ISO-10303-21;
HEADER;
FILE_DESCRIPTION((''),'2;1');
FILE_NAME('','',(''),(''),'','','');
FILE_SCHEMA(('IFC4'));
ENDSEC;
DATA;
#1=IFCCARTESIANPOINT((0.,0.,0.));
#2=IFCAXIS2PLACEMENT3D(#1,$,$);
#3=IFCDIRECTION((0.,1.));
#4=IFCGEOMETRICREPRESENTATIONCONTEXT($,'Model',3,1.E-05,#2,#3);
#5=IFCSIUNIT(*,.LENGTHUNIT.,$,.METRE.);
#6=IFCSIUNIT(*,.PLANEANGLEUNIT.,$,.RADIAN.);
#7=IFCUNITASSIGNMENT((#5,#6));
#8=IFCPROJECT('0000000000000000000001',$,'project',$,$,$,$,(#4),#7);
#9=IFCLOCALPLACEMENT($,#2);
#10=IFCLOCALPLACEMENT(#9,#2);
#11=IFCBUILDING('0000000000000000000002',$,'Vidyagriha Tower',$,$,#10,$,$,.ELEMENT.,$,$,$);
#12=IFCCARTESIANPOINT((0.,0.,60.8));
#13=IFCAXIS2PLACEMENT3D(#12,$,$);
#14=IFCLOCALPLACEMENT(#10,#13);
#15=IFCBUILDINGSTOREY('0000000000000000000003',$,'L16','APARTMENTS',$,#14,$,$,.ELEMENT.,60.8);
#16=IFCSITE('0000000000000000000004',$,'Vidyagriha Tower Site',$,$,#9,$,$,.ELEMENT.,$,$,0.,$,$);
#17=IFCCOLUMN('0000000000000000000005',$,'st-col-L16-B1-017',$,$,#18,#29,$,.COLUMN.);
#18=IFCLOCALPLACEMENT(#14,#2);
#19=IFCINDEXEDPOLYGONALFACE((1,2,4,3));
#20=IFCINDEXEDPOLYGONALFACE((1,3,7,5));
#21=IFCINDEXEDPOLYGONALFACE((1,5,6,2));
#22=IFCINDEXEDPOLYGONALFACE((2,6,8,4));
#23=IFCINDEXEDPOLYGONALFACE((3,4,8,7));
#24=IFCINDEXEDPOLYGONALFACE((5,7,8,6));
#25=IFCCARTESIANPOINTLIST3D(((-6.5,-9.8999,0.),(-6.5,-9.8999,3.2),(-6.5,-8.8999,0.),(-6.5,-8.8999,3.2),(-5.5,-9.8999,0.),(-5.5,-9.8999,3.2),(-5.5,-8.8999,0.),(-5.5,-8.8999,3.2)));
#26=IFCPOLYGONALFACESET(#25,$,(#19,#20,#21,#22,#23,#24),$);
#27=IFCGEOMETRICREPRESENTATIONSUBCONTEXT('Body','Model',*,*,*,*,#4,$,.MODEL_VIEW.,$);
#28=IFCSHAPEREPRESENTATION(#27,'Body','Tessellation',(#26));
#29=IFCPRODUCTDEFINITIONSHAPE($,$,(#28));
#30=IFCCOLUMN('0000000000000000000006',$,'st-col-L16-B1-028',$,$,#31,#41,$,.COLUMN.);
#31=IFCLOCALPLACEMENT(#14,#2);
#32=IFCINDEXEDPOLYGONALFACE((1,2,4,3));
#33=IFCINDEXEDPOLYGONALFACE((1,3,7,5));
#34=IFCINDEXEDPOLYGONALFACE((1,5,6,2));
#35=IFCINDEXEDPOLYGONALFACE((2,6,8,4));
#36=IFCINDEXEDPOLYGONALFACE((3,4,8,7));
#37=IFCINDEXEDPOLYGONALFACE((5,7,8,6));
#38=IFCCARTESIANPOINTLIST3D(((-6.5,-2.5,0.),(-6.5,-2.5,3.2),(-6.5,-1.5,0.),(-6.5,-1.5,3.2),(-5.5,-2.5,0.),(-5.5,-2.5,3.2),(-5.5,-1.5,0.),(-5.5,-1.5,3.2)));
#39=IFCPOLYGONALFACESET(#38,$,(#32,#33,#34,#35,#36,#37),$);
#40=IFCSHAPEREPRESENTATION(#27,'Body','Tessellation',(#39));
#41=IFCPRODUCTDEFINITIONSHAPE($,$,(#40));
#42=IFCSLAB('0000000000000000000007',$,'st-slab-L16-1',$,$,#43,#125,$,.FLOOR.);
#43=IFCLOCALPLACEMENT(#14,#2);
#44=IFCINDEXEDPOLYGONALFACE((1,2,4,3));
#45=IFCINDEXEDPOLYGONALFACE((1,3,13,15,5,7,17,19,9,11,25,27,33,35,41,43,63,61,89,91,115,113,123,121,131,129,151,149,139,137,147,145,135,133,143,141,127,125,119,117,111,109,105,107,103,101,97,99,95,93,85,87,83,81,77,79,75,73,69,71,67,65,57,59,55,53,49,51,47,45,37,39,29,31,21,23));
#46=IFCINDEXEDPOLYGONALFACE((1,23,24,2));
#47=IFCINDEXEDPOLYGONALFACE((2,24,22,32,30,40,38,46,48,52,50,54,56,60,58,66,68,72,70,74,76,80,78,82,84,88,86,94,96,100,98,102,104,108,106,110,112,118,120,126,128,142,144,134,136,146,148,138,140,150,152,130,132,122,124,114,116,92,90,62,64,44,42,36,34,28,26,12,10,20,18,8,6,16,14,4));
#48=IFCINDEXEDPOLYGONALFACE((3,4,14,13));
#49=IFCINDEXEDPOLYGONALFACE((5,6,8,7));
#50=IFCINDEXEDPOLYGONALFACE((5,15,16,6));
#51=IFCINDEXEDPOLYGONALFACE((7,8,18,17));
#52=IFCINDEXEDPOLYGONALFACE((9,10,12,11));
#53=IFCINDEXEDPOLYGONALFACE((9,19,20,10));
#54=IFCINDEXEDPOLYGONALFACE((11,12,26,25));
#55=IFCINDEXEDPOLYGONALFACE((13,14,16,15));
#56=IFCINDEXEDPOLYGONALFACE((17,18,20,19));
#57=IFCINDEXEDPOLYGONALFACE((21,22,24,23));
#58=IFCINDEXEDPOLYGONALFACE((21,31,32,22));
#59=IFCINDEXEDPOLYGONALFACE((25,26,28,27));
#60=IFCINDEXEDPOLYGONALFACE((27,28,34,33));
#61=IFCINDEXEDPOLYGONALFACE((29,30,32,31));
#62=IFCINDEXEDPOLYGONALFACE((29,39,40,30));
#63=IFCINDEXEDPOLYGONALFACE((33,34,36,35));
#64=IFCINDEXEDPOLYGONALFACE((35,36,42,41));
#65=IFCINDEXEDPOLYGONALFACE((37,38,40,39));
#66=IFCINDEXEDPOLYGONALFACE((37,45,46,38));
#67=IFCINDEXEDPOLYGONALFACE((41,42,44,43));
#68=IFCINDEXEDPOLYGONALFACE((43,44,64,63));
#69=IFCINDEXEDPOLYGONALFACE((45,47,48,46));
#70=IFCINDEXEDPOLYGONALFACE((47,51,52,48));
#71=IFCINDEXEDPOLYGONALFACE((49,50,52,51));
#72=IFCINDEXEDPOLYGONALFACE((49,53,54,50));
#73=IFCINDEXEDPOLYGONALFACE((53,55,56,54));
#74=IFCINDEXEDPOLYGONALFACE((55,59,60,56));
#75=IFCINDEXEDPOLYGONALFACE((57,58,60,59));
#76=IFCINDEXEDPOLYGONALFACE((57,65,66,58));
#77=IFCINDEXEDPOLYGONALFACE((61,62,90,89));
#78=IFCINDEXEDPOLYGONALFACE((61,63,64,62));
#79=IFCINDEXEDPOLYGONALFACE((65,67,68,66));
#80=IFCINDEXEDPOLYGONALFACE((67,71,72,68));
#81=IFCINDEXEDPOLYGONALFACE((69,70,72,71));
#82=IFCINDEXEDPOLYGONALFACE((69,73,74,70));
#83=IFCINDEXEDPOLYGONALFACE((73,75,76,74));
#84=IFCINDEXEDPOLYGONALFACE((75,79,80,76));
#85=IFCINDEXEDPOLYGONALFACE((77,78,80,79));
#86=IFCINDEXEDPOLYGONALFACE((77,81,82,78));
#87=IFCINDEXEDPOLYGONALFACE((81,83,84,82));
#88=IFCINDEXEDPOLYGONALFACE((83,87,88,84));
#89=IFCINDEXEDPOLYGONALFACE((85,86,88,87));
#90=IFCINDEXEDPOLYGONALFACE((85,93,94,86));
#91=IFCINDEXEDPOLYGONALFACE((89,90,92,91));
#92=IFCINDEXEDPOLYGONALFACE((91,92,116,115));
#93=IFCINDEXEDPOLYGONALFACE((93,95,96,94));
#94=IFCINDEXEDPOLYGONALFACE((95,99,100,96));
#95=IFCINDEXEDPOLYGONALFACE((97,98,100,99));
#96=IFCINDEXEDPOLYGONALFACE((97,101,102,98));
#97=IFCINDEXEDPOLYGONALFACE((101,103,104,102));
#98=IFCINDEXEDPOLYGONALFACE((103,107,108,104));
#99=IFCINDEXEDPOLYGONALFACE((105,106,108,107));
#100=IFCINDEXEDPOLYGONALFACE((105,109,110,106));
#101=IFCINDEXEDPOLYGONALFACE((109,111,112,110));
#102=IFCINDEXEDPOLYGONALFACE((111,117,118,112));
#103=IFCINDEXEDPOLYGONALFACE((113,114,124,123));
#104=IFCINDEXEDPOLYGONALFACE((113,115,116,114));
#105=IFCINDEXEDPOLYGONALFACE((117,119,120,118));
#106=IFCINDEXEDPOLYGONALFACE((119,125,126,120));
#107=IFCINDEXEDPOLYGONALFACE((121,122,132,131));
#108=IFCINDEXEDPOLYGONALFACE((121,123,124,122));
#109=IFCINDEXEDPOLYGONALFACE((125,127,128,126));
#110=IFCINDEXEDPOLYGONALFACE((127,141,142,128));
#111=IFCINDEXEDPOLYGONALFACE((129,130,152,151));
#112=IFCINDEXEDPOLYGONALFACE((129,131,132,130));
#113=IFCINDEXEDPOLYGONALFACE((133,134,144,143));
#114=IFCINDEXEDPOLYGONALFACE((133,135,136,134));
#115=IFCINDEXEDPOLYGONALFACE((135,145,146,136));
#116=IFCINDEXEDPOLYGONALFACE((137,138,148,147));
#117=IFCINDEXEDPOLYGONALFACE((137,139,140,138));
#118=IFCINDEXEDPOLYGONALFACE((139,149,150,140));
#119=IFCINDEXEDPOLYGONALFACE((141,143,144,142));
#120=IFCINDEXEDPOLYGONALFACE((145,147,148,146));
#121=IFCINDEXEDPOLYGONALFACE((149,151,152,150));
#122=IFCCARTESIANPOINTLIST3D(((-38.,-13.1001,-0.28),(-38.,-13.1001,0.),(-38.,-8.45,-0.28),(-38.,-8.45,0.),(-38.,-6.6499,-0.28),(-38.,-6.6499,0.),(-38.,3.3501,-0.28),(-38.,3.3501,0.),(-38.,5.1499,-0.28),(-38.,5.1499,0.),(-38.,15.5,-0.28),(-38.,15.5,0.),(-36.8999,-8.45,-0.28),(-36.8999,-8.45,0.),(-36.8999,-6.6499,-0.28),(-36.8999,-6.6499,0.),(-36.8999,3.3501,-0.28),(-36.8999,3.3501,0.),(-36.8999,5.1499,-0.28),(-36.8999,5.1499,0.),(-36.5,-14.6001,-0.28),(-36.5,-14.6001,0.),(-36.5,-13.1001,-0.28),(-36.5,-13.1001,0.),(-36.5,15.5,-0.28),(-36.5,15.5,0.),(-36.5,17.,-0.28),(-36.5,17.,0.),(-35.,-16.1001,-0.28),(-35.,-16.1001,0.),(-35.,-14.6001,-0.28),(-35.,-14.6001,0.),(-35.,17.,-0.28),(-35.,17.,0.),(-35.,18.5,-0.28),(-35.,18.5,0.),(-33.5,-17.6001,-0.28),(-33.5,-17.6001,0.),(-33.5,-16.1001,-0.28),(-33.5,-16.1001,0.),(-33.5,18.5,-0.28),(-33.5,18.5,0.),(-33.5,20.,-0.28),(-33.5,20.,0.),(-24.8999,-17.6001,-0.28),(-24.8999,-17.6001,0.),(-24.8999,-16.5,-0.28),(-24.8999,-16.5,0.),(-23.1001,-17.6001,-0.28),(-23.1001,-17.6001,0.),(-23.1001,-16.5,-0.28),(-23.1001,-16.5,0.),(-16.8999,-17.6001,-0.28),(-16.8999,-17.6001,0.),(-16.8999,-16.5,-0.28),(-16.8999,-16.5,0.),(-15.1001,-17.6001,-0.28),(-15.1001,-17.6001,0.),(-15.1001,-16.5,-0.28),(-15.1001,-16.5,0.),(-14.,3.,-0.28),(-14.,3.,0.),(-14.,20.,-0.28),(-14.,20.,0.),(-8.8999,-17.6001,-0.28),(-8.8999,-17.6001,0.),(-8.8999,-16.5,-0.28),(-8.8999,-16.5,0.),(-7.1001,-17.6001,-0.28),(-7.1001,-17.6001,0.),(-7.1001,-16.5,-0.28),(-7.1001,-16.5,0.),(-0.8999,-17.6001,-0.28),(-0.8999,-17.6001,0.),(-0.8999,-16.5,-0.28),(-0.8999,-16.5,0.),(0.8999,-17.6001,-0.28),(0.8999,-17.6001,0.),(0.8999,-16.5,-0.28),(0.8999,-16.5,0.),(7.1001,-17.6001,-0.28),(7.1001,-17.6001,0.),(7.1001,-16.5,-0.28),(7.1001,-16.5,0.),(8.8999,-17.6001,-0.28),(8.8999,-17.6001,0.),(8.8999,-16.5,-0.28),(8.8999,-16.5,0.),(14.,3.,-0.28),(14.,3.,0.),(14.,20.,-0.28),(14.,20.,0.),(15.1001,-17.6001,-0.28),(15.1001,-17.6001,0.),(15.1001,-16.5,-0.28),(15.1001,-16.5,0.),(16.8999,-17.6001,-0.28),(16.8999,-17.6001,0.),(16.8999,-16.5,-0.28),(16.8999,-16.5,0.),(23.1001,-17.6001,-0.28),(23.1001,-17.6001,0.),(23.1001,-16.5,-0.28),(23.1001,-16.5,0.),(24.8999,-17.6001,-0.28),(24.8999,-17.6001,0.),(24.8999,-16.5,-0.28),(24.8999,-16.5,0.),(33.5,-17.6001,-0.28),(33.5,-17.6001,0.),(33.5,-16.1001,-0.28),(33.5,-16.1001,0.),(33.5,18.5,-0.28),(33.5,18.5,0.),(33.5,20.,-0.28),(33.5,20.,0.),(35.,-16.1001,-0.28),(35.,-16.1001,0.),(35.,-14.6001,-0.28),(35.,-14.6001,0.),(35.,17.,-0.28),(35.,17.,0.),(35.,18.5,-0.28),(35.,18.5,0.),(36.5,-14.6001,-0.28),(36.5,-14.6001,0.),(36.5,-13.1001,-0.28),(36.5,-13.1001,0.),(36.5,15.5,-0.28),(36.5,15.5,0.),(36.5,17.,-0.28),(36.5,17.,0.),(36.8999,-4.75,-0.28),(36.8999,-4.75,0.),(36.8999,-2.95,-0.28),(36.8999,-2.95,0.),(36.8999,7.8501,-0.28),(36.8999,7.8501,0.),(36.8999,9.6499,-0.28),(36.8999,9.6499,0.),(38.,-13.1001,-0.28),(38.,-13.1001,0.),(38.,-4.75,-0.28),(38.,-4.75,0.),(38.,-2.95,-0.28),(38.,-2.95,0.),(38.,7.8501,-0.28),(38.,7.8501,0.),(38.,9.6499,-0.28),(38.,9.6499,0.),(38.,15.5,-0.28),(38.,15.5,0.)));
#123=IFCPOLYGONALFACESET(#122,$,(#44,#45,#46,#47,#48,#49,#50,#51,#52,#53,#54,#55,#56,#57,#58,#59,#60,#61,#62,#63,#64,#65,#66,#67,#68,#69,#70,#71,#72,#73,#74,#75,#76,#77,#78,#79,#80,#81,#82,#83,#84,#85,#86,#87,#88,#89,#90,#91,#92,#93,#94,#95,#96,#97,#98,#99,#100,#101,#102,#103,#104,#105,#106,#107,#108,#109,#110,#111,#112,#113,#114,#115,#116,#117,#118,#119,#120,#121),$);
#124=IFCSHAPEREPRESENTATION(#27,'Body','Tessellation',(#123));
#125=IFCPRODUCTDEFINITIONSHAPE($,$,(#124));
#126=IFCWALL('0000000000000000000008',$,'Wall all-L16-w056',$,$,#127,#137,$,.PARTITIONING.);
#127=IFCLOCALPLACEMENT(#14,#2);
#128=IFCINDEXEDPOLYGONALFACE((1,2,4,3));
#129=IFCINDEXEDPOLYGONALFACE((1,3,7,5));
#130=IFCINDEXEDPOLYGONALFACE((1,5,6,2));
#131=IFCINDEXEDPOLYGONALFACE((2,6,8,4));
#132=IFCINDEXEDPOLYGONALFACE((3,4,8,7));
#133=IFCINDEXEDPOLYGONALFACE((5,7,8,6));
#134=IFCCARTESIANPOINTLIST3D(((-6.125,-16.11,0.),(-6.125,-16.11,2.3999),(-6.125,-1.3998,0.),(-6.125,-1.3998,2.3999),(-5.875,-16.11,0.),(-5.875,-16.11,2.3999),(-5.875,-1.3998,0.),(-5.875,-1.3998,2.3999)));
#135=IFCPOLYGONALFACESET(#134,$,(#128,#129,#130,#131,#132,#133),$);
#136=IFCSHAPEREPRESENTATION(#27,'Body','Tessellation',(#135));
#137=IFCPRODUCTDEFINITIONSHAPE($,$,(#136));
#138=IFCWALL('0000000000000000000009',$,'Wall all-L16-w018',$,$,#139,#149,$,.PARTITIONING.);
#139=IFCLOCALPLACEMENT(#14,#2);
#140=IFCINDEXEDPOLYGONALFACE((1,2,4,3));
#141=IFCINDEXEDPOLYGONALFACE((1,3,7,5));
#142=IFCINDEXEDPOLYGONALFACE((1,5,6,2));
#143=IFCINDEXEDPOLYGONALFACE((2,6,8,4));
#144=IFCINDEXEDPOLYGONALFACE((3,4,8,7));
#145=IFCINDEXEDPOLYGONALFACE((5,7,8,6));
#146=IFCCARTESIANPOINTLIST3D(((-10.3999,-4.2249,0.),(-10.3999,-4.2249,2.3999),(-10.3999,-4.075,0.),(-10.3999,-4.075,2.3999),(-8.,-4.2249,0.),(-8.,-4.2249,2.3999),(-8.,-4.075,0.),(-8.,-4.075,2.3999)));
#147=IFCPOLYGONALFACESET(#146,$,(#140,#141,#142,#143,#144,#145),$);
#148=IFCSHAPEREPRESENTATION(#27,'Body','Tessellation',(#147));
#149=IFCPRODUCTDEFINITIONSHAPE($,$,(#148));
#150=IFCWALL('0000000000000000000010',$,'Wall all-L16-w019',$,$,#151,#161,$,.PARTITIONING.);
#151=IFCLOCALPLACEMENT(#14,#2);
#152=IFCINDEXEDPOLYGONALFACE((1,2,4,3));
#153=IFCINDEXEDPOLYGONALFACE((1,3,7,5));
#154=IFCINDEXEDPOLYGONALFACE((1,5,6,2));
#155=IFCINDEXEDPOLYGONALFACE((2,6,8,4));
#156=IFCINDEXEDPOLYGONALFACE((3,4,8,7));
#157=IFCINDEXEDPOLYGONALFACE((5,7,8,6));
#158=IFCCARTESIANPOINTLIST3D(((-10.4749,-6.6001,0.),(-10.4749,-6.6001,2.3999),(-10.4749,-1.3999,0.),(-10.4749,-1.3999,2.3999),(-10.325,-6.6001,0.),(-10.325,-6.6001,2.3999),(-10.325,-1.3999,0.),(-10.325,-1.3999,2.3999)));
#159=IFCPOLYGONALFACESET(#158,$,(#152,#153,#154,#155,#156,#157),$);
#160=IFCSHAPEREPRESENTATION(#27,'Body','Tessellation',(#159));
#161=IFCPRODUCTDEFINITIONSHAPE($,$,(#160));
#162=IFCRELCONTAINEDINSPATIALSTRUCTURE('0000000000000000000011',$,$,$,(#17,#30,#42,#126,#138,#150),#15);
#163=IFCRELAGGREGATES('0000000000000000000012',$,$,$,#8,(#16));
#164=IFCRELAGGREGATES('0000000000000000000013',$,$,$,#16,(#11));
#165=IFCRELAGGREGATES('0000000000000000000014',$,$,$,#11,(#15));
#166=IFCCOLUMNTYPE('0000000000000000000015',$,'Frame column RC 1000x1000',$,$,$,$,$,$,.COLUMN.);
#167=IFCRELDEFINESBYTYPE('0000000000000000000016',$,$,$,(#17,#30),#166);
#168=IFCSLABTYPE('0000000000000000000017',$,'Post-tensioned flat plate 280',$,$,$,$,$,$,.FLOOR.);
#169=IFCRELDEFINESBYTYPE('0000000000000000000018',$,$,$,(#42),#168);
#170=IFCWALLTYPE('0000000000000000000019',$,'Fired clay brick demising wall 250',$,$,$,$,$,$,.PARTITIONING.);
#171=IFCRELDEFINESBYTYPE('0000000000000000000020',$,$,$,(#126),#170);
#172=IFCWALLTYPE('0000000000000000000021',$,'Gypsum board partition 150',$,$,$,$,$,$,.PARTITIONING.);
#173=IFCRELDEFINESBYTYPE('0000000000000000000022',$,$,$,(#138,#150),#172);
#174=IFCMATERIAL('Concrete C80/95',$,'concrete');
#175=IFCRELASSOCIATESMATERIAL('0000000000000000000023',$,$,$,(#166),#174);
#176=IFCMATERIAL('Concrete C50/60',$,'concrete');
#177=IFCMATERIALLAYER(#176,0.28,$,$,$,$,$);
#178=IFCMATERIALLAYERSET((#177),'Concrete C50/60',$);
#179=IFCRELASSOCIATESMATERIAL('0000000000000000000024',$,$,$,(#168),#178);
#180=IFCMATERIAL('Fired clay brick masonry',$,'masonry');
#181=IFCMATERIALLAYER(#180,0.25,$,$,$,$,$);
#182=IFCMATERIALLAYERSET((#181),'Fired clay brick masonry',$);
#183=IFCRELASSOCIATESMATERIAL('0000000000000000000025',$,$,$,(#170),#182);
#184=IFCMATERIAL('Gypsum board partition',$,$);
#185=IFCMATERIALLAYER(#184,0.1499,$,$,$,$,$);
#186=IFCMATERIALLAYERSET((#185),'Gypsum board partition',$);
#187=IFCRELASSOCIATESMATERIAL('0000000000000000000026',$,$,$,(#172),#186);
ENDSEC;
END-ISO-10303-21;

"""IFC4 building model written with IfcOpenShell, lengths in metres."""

from ifc_helpers import new_model, si_unit, direction, frame, frame_2d, origin, origin_2d, place, context, subcontext, project, spatial, polyline, rectangle, outline, extrude, material, layer, layer_set, material_profile, profile_set, type_object, element, save


model = new_model("IFC4")

# Units and contexts
model_context = context("Model", 3, precision=1e-05, world=origin(), true_north=direction((0.0, 1.0)))
body_context = subcontext(model_context, "Body", "Model", "MODEL_VIEW")
ifc_project = project(units=[si_unit("LENGTHUNIT", "METRE"), si_unit("PLANEANGLEUNIT", "RADIAN")], contexts=[model_context])

# Site, building, storey
site_placement = place(None, origin())
site = spatial("IfcSite", under=ifc_project, at=site_placement, Name="Vidyagriha Tower Site", CompositionType="ELEMENT", RefElevation=0.0)
building_placement = place(site_placement, origin())
building = spatial("IfcBuilding", under=site, at=building_placement, Name="Vidyagriha Tower", CompositionType="ELEMENT")
storey_placement = place(building_placement, frame((0.0, 0.0, 60.8)))
storey = spatial("IfcBuildingStorey", under=building, at=storey_placement, Name="L16", Description="APARTMENTS", CompositionType="ELEMENT", Elevation=60.8)

# Columns
ifc_material_1 = material(Name="Concrete C80/95", Category="concrete")
ifc_material_profile = material_profile(ifc_material_1, rectangle(XDim=1.0, YDim=1.0, at=origin_2d()), Name="RC 1000x1000")
ifc_profile_set = profile_set([ifc_material_profile], Name="Concrete C80/95")
column_type = type_object("IfcColumnType", Name="Frame column RC 1000x1000", PredefinedType="COLUMN", material=ifc_profile_set)
for number, where, name in (
    (1, (-6.0, -9.3999, 0.0), "st-col-L16-B1-017"),
    (2, (-6.0, -2.0, 0.0), "st-col-L16-B1-028"),
):
    element("IfcColumn", number, at=place(storey_placement, frame(where)), inside=storey, type_object=column_type, Name=name, PredefinedType="COLUMN", context=body_context, shape_type="SweptSolid", body=[
        extrude(rectangle(XDim=1.0, YDim=1.0, at=origin_2d()), origin(), (0.0, 0.0, 1.0), 3.2),
    ])

# Slab
ifc_material_2 = material(Name="Concrete C50/60", Category="concrete")
ifc_layer_1 = layer(ifc_material_2, 0.28)
ifc_layer_set_1 = layer_set([ifc_layer_1], Name="Concrete C50/60")
slab_type = type_object("IfcSlabType", Name="Post-tensioned flat plate 280", PredefinedType="FLOOR", material=ifc_layer_set_1)
slab_placement = place(storey_placement, frame((0.0, 0.0, -0.28)))
element("IfcSlab", 3, at=slab_placement, inside=storey, type_object=slab_type, Name="st-slab-L16-1", PredefinedType="FLOOR", context=body_context, shape_type="SweptSolid", body=[
    extrude(outline(polyline([(36.5, -14.6001), (35.0, -14.6001), (35.0, -16.1001), (33.5, -16.1001), (33.5, -17.6001), (24.8999, -17.6001), (24.8999, -16.5), (23.1001, -16.5), (23.1001, -17.6001), (16.8999, -17.6001), (16.8999, -16.5), (15.1001, -16.5), (15.1001, -17.6001), (8.8999, -17.6001), (8.8999, -16.5), (7.1001, -16.5), (7.1001, -17.6001), (0.8999, -17.6001), (0.8999, -16.5), (-0.8999, -16.5), (-0.8999, -17.6001), (-7.1001, -17.6001), (-7.1001, -16.5), (-8.8999, -16.5), (-8.8999, -17.6001), (-15.1001, -17.6001), (-15.1001, -16.5), (-16.8999, -16.5), (-16.8999, -17.6001), (-23.1001, -17.6001), (-23.1001, -16.5), (-24.8999, -16.5), (-24.8999, -17.6001), (-33.5, -17.6001), (-33.5, -16.1001), (-35.0, -16.1001), (-35.0, -14.6001), (-36.5, -14.6001), (-36.5, -13.1001), (-38.0, -13.1001), (-38.0, -8.45), (-36.8999, -8.45), (-36.8999, -6.6499), (-38.0, -6.6499), (-38.0, 3.3501), (-36.8999, 3.3501), (-36.8999, 5.1499), (-38.0, 5.1499), (-38.0, 15.5), (-36.5, 15.5), (-36.5, 17.0), (-35.0, 17.0), (-35.0, 18.5), (-33.5, 18.5), (-33.5, 20.0), (-14.0, 20.0), (-14.0, 3.0), (14.0, 3.0), (14.0, 20.0), (33.5, 20.0), (33.5, 18.5), (35.0, 18.5), (35.0, 17.0), (36.5, 17.0), (36.5, 15.5), (38.0, 15.5), (38.0, 9.6499), (36.8999, 9.6499), (36.8999, 7.8501), (38.0, 7.8501), (38.0, -2.95), (36.8999, -2.95), (36.8999, -4.75), (38.0, -4.75), (38.0, -13.1001), (36.5, -13.1001), (36.5, -14.6001)])), origin(), (0.0, 0.0, 1.0), 0.28),
])

# Walls
ifc_material_3 = material(Name="Fired clay brick masonry", Category="masonry")
ifc_layer_2 = layer(ifc_material_3, 0.25)
ifc_layer_set_2 = layer_set([ifc_layer_2], Name="Fired clay brick masonry")
wall_type_1 = type_object("IfcWallType", Name="Fired clay brick demising wall 250", PredefinedType="PARTITIONING", material=ifc_layer_set_2)
wall_1_placement = place(storey_placement, frame((-6.0, -1.3999, 0.0), z_axis=(0.0, 0.0, 1.0), x_axis=(0.0, -1.0, 0.0)))
element("IfcWall", 4, at=wall_1_placement, inside=storey, type_object=wall_type_1, Name="Wall all-L16-w056", PredefinedType="PARTITIONING", context=body_context, shape_type="SweptSolid", body=[
    extrude(rectangle(XDim=14.7102, YDim=0.25, at=frame_2d((7.355, 0.0))), origin(), (0.0, 0.0, 1.0), 2.3999),
])
ifc_material_4 = material(Name="Gypsum board partition")
ifc_layer_3 = layer(ifc_material_4, 0.1499)
ifc_layer_set_3 = layer_set([ifc_layer_3], Name="Gypsum board partition")
wall_type_2 = type_object("IfcWallType", Name="Gypsum board partition 150", PredefinedType="PARTITIONING", material=ifc_layer_set_3)
wall_2_placement = place(storey_placement, frame((-8.0, -4.1499, 0.0), z_axis=(0.0, 0.0, 1.0), x_axis=(-1.0, 0.0, 0.0)))
element("IfcWall", 5, at=wall_2_placement, inside=storey, type_object=wall_type_2, Name="Wall all-L16-w018", PredefinedType="PARTITIONING", context=body_context, shape_type="SweptSolid", body=[
    extrude(rectangle(XDim=2.3999, YDim=0.1499, at=frame_2d((1.2, 0.0))), origin(), (0.0, 0.0, 1.0), 2.3999),
])
wall_3_placement = place(storey_placement, frame((-10.3999, -6.6001, 0.0), z_axis=(0.0, 0.0, 1.0), x_axis=(0.0, 1.0, 0.0)))
element("IfcWall", 6, at=wall_3_placement, inside=storey, type_object=wall_type_2, Name="Wall all-L16-w019", PredefinedType="PARTITIONING", context=body_context, shape_type="SweptSolid", body=[
    extrude(rectangle(XDim=5.2002, YDim=0.1499, at=frame_2d((2.6001, 0.0))), origin(), (0.0, 0.0, 1.0), 2.3999),
])

save(model, "model.ifc")
